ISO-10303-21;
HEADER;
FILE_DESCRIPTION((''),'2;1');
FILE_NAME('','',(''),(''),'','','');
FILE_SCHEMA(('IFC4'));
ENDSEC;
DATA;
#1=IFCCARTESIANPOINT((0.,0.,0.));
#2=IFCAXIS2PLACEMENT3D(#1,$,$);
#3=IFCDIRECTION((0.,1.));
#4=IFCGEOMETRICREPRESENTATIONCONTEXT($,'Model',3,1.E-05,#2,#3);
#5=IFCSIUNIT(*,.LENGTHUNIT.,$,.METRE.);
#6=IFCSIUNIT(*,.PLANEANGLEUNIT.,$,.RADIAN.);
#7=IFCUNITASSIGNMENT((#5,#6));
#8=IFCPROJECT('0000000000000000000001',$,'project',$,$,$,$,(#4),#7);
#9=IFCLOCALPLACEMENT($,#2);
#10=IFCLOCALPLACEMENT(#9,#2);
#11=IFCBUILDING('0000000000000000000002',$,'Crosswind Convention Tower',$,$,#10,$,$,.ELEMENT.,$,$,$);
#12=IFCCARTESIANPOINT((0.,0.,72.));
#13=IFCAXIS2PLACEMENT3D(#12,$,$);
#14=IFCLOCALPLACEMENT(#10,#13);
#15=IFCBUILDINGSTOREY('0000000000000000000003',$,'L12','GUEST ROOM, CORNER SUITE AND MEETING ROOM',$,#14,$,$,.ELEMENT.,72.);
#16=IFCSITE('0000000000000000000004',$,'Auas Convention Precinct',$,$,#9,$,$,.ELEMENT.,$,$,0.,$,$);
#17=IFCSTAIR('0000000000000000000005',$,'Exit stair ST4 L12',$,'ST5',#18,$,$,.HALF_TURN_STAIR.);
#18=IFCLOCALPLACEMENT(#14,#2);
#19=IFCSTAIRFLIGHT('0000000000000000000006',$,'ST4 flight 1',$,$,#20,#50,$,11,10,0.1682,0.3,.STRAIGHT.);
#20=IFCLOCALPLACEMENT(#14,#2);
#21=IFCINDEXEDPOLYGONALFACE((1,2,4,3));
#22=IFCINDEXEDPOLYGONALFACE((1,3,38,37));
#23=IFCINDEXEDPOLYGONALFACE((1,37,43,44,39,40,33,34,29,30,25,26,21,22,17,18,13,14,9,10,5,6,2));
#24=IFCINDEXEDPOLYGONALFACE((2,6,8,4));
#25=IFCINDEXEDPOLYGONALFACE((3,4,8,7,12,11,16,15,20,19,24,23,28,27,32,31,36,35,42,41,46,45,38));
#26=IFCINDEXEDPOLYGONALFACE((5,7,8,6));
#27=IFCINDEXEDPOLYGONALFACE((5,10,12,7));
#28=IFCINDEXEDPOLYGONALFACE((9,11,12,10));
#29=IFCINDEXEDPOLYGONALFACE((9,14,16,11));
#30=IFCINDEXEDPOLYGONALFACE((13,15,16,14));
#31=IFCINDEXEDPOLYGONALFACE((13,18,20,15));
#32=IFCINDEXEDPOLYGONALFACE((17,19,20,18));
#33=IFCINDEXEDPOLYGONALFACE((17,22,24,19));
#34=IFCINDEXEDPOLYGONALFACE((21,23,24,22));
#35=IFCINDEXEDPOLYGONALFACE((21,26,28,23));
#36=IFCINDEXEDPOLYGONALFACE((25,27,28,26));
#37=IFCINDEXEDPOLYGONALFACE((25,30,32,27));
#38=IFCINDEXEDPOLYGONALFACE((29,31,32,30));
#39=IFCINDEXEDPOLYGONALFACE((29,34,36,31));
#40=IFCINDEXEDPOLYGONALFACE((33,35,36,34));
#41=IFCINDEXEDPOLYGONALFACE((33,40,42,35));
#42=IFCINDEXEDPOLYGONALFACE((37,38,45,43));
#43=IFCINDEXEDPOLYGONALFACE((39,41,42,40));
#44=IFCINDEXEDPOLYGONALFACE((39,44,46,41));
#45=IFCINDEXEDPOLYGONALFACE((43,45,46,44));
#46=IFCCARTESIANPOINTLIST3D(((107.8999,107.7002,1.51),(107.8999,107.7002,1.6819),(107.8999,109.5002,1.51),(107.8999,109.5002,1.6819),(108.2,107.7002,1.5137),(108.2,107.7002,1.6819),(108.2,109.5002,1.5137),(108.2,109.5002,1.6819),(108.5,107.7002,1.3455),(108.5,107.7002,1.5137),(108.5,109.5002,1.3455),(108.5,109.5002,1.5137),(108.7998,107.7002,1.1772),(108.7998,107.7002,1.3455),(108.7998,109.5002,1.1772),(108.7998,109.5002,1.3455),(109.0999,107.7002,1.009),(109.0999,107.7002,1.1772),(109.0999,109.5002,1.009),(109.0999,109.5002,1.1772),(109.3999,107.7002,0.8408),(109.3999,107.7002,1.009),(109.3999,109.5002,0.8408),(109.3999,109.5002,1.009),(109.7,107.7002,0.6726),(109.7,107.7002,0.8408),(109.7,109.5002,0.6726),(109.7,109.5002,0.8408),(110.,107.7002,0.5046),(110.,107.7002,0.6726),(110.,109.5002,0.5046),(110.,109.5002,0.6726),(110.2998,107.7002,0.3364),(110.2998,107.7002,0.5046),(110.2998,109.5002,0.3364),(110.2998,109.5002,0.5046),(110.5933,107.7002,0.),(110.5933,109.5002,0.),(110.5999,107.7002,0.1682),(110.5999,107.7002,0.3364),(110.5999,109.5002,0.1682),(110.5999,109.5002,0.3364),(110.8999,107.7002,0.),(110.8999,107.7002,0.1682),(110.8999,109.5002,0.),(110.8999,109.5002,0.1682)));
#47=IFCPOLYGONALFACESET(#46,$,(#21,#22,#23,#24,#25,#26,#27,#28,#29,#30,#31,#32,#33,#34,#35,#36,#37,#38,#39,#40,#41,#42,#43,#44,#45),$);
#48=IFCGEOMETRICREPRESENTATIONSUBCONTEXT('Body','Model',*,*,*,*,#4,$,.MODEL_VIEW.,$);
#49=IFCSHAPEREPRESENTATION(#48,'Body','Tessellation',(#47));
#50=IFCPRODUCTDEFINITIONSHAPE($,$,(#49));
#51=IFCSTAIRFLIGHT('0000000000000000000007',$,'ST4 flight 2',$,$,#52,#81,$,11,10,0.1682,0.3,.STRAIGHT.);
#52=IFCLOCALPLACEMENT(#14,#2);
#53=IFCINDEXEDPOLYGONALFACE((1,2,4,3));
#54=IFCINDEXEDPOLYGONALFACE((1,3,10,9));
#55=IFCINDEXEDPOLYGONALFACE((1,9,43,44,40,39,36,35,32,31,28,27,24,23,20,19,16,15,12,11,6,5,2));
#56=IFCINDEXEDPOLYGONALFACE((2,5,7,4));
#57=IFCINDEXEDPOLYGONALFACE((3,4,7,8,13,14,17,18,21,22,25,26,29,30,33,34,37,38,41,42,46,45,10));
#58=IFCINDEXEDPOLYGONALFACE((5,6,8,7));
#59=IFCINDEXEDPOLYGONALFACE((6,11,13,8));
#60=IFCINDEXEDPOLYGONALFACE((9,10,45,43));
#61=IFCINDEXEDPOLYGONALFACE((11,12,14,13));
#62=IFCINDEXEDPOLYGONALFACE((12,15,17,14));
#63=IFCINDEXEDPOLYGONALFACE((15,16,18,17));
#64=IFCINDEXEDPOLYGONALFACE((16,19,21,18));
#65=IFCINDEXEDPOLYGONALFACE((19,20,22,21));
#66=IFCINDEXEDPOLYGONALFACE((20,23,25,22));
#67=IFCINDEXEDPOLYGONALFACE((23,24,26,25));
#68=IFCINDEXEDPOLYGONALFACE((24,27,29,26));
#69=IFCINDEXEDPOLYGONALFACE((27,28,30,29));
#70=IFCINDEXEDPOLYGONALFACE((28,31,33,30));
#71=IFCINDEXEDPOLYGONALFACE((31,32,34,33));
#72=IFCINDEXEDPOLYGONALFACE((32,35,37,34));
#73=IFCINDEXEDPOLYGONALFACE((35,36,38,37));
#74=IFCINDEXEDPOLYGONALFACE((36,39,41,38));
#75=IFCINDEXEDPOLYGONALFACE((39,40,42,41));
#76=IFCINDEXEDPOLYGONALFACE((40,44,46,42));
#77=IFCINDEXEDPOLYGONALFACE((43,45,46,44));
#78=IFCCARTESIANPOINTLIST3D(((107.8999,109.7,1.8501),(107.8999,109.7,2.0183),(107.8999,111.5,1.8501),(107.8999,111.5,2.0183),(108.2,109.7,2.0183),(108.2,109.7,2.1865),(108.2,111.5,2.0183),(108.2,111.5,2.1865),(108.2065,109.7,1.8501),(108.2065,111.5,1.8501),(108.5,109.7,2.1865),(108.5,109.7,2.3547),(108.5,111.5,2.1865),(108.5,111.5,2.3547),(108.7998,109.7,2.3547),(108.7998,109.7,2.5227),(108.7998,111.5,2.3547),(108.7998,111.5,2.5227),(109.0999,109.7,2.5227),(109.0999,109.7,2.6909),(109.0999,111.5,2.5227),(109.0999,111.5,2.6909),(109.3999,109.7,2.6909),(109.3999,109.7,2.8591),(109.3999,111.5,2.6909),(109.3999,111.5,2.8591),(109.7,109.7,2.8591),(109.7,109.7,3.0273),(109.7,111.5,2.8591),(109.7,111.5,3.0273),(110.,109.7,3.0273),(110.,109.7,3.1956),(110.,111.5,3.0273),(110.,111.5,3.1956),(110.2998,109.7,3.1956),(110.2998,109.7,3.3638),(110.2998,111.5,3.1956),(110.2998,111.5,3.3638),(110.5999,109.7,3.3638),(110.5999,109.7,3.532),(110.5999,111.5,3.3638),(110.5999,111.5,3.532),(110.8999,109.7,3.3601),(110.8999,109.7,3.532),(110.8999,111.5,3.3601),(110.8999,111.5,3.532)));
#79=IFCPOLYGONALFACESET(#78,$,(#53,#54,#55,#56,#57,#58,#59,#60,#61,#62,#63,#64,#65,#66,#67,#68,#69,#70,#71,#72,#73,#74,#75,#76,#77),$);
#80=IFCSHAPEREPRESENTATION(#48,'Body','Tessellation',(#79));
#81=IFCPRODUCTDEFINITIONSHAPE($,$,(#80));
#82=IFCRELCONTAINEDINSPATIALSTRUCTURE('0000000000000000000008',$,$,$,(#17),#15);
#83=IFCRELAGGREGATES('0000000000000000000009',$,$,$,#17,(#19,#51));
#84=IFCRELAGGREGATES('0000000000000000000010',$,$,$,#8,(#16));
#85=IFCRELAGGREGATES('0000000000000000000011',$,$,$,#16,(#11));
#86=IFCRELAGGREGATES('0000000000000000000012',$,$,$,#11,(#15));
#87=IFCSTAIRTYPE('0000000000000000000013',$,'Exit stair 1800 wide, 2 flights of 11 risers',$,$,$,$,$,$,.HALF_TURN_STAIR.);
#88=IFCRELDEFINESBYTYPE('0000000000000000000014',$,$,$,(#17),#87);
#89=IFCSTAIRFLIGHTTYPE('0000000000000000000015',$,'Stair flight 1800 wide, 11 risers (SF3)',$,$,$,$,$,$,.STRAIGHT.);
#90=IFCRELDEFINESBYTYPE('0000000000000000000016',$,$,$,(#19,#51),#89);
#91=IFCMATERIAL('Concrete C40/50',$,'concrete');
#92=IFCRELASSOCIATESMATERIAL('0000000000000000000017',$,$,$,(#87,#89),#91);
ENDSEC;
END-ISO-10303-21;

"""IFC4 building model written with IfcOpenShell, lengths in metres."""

from ifc_helpers import new_model, si_unit, direction, frame, origin, place, context, subcontext, project, spatial, polyline, outline, extrude, material, type_object, element, aggregate, save


model = new_model("IFC4")

# Units and contexts
model_context = context("Model", 3, precision=1e-05, world=origin(), true_north=direction((0.0, 1.0)))
body_context = subcontext(model_context, "Body", "Model", "MODEL_VIEW")
ifc_project = project(units=[si_unit("LENGTHUNIT", "METRE"), si_unit("PLANEANGLEUNIT", "RADIAN")], contexts=[model_context])

# Site, building, storey
site_placement = place(None, origin())
site = spatial("IfcSite", under=ifc_project, at=site_placement, Name="Auas Convention Precinct", CompositionType="ELEMENT", RefElevation=0.0)
building_placement = place(site_placement, origin())
building = spatial("IfcBuilding", under=site, at=building_placement, Name="Crosswind Convention Tower", CompositionType="ELEMENT")
storey_placement = place(building_placement, frame((0.0, 0.0, 72.0)))
storey = spatial("IfcBuildingStorey", under=building, at=storey_placement, Name="L12", Description="GUEST ROOM, CORNER SUITE AND MEETING ROOM", CompositionType="ELEMENT", Elevation=72.0)

# Stair, stair flights
ifc_material_1 = material(Name="Concrete C40/50", Category="concrete")
stair_type = type_object("IfcStairType", Name="Exit stair 1800 wide, 2 flights of 11 risers", PredefinedType="HALF_TURN_STAIR", material=ifc_material_1)
stair_placement = place(storey_placement, origin())
stair = element("IfcStair", 1, at=stair_placement, inside=storey, type_object=stair_type, Name="Exit stair ST4 L12", ObjectType="ST5", PredefinedType="HALF_TURN_STAIR")
stair_flight_type = type_object("IfcStairFlightType", Name="Stair flight 1800 wide, 11 risers (SF3)", PredefinedType="STRAIGHT", material=ifc_material_1)
stair_flight_1_placement = place(storey_placement, frame((110.8999, 108.6001, 0.0), z_axis=(0.0, 0.0, 1.0), x_axis=(-1.0, 0.0, 0.0)))
stair_flight_1 = element("IfcStairFlight", 2, at=stair_flight_1_placement, type_object=stair_flight_type, Name="ST4 flight 1", NumberOfRisers=11, NumberOfTreads=10, PredefinedType="STRAIGHT", RiserHeight=0.1682, TreadLength=0.3, context=body_context, shape_type="SweptSolid", body=[
    extrude(outline(polyline([(0.0, 0.0), (0.0, 0.1682), (0.3, 0.1682), (0.3, 0.3364), (0.6001, 0.3364), (0.6001, 0.5046), (0.8999, 0.5046), (0.8999, 0.6726), (1.2, 0.6726), (1.2, 0.8408), (1.5, 0.8408), (1.5, 1.009), (1.8, 1.009), (1.8, 1.1772), (2.1001, 1.1772), (2.1001, 1.3455), (2.3999, 1.3455), (2.3999, 1.5137), (2.7, 1.5137), (2.7, 1.6819), (3.0, 1.6819), (3.0, 1.8501), (3.0, 1.51), (0.3066, 0.0), (0.0, 0.0)])), frame((0.0, 0.8999, 0.0), z_axis=(0.0, -1.0, 0.0), x_axis=(1.0, 0.0, 0.0)), (0.0, 0.0, 1.0), 1.8),
])
stair_flight_2_placement = place(storey_placement, frame((107.8999, 110.6001, 1.8501), z_axis=(0.0, 0.0, 1.0), x_axis=(1.0, 0.0, 0.0)))
stair_flight_2 = element("IfcStairFlight", 3, at=stair_flight_2_placement, type_object=stair_flight_type, Name="ST4 flight 2", NumberOfRisers=11, NumberOfTreads=10, PredefinedType="STRAIGHT", RiserHeight=0.1682, TreadLength=0.3, context=body_context, shape_type="SweptSolid", body=[
    extrude(outline(polyline([(0.0, 0.0), (0.0, 0.1682), (0.3, 0.1682), (0.3, 0.3364), (0.6001, 0.3364), (0.6001, 0.5046), (0.8999, 0.5046), (0.8999, 0.6726), (1.2, 0.6726), (1.2, 0.8408), (1.5, 0.8408), (1.5, 1.009), (1.8, 1.009), (1.8, 1.1772), (2.1001, 1.1772), (2.1001, 1.3455), (2.3999, 1.3455), (2.3999, 1.5137), (2.7, 1.5137), (2.7, 1.6819), (3.0, 1.6819), (3.0, 1.8501), (3.0, 1.51), (0.3066, 0.0), (0.0, 0.0)])), frame((0.0, 0.8999, 0.0), z_axis=(0.0, -1.0, 0.0), x_axis=(1.0, 0.0, 0.0)), (0.0, 0.0, 1.0), 1.8),
])
aggregate(stair, [stair_flight_1, stair_flight_2])

save(model, "model.ifc")
